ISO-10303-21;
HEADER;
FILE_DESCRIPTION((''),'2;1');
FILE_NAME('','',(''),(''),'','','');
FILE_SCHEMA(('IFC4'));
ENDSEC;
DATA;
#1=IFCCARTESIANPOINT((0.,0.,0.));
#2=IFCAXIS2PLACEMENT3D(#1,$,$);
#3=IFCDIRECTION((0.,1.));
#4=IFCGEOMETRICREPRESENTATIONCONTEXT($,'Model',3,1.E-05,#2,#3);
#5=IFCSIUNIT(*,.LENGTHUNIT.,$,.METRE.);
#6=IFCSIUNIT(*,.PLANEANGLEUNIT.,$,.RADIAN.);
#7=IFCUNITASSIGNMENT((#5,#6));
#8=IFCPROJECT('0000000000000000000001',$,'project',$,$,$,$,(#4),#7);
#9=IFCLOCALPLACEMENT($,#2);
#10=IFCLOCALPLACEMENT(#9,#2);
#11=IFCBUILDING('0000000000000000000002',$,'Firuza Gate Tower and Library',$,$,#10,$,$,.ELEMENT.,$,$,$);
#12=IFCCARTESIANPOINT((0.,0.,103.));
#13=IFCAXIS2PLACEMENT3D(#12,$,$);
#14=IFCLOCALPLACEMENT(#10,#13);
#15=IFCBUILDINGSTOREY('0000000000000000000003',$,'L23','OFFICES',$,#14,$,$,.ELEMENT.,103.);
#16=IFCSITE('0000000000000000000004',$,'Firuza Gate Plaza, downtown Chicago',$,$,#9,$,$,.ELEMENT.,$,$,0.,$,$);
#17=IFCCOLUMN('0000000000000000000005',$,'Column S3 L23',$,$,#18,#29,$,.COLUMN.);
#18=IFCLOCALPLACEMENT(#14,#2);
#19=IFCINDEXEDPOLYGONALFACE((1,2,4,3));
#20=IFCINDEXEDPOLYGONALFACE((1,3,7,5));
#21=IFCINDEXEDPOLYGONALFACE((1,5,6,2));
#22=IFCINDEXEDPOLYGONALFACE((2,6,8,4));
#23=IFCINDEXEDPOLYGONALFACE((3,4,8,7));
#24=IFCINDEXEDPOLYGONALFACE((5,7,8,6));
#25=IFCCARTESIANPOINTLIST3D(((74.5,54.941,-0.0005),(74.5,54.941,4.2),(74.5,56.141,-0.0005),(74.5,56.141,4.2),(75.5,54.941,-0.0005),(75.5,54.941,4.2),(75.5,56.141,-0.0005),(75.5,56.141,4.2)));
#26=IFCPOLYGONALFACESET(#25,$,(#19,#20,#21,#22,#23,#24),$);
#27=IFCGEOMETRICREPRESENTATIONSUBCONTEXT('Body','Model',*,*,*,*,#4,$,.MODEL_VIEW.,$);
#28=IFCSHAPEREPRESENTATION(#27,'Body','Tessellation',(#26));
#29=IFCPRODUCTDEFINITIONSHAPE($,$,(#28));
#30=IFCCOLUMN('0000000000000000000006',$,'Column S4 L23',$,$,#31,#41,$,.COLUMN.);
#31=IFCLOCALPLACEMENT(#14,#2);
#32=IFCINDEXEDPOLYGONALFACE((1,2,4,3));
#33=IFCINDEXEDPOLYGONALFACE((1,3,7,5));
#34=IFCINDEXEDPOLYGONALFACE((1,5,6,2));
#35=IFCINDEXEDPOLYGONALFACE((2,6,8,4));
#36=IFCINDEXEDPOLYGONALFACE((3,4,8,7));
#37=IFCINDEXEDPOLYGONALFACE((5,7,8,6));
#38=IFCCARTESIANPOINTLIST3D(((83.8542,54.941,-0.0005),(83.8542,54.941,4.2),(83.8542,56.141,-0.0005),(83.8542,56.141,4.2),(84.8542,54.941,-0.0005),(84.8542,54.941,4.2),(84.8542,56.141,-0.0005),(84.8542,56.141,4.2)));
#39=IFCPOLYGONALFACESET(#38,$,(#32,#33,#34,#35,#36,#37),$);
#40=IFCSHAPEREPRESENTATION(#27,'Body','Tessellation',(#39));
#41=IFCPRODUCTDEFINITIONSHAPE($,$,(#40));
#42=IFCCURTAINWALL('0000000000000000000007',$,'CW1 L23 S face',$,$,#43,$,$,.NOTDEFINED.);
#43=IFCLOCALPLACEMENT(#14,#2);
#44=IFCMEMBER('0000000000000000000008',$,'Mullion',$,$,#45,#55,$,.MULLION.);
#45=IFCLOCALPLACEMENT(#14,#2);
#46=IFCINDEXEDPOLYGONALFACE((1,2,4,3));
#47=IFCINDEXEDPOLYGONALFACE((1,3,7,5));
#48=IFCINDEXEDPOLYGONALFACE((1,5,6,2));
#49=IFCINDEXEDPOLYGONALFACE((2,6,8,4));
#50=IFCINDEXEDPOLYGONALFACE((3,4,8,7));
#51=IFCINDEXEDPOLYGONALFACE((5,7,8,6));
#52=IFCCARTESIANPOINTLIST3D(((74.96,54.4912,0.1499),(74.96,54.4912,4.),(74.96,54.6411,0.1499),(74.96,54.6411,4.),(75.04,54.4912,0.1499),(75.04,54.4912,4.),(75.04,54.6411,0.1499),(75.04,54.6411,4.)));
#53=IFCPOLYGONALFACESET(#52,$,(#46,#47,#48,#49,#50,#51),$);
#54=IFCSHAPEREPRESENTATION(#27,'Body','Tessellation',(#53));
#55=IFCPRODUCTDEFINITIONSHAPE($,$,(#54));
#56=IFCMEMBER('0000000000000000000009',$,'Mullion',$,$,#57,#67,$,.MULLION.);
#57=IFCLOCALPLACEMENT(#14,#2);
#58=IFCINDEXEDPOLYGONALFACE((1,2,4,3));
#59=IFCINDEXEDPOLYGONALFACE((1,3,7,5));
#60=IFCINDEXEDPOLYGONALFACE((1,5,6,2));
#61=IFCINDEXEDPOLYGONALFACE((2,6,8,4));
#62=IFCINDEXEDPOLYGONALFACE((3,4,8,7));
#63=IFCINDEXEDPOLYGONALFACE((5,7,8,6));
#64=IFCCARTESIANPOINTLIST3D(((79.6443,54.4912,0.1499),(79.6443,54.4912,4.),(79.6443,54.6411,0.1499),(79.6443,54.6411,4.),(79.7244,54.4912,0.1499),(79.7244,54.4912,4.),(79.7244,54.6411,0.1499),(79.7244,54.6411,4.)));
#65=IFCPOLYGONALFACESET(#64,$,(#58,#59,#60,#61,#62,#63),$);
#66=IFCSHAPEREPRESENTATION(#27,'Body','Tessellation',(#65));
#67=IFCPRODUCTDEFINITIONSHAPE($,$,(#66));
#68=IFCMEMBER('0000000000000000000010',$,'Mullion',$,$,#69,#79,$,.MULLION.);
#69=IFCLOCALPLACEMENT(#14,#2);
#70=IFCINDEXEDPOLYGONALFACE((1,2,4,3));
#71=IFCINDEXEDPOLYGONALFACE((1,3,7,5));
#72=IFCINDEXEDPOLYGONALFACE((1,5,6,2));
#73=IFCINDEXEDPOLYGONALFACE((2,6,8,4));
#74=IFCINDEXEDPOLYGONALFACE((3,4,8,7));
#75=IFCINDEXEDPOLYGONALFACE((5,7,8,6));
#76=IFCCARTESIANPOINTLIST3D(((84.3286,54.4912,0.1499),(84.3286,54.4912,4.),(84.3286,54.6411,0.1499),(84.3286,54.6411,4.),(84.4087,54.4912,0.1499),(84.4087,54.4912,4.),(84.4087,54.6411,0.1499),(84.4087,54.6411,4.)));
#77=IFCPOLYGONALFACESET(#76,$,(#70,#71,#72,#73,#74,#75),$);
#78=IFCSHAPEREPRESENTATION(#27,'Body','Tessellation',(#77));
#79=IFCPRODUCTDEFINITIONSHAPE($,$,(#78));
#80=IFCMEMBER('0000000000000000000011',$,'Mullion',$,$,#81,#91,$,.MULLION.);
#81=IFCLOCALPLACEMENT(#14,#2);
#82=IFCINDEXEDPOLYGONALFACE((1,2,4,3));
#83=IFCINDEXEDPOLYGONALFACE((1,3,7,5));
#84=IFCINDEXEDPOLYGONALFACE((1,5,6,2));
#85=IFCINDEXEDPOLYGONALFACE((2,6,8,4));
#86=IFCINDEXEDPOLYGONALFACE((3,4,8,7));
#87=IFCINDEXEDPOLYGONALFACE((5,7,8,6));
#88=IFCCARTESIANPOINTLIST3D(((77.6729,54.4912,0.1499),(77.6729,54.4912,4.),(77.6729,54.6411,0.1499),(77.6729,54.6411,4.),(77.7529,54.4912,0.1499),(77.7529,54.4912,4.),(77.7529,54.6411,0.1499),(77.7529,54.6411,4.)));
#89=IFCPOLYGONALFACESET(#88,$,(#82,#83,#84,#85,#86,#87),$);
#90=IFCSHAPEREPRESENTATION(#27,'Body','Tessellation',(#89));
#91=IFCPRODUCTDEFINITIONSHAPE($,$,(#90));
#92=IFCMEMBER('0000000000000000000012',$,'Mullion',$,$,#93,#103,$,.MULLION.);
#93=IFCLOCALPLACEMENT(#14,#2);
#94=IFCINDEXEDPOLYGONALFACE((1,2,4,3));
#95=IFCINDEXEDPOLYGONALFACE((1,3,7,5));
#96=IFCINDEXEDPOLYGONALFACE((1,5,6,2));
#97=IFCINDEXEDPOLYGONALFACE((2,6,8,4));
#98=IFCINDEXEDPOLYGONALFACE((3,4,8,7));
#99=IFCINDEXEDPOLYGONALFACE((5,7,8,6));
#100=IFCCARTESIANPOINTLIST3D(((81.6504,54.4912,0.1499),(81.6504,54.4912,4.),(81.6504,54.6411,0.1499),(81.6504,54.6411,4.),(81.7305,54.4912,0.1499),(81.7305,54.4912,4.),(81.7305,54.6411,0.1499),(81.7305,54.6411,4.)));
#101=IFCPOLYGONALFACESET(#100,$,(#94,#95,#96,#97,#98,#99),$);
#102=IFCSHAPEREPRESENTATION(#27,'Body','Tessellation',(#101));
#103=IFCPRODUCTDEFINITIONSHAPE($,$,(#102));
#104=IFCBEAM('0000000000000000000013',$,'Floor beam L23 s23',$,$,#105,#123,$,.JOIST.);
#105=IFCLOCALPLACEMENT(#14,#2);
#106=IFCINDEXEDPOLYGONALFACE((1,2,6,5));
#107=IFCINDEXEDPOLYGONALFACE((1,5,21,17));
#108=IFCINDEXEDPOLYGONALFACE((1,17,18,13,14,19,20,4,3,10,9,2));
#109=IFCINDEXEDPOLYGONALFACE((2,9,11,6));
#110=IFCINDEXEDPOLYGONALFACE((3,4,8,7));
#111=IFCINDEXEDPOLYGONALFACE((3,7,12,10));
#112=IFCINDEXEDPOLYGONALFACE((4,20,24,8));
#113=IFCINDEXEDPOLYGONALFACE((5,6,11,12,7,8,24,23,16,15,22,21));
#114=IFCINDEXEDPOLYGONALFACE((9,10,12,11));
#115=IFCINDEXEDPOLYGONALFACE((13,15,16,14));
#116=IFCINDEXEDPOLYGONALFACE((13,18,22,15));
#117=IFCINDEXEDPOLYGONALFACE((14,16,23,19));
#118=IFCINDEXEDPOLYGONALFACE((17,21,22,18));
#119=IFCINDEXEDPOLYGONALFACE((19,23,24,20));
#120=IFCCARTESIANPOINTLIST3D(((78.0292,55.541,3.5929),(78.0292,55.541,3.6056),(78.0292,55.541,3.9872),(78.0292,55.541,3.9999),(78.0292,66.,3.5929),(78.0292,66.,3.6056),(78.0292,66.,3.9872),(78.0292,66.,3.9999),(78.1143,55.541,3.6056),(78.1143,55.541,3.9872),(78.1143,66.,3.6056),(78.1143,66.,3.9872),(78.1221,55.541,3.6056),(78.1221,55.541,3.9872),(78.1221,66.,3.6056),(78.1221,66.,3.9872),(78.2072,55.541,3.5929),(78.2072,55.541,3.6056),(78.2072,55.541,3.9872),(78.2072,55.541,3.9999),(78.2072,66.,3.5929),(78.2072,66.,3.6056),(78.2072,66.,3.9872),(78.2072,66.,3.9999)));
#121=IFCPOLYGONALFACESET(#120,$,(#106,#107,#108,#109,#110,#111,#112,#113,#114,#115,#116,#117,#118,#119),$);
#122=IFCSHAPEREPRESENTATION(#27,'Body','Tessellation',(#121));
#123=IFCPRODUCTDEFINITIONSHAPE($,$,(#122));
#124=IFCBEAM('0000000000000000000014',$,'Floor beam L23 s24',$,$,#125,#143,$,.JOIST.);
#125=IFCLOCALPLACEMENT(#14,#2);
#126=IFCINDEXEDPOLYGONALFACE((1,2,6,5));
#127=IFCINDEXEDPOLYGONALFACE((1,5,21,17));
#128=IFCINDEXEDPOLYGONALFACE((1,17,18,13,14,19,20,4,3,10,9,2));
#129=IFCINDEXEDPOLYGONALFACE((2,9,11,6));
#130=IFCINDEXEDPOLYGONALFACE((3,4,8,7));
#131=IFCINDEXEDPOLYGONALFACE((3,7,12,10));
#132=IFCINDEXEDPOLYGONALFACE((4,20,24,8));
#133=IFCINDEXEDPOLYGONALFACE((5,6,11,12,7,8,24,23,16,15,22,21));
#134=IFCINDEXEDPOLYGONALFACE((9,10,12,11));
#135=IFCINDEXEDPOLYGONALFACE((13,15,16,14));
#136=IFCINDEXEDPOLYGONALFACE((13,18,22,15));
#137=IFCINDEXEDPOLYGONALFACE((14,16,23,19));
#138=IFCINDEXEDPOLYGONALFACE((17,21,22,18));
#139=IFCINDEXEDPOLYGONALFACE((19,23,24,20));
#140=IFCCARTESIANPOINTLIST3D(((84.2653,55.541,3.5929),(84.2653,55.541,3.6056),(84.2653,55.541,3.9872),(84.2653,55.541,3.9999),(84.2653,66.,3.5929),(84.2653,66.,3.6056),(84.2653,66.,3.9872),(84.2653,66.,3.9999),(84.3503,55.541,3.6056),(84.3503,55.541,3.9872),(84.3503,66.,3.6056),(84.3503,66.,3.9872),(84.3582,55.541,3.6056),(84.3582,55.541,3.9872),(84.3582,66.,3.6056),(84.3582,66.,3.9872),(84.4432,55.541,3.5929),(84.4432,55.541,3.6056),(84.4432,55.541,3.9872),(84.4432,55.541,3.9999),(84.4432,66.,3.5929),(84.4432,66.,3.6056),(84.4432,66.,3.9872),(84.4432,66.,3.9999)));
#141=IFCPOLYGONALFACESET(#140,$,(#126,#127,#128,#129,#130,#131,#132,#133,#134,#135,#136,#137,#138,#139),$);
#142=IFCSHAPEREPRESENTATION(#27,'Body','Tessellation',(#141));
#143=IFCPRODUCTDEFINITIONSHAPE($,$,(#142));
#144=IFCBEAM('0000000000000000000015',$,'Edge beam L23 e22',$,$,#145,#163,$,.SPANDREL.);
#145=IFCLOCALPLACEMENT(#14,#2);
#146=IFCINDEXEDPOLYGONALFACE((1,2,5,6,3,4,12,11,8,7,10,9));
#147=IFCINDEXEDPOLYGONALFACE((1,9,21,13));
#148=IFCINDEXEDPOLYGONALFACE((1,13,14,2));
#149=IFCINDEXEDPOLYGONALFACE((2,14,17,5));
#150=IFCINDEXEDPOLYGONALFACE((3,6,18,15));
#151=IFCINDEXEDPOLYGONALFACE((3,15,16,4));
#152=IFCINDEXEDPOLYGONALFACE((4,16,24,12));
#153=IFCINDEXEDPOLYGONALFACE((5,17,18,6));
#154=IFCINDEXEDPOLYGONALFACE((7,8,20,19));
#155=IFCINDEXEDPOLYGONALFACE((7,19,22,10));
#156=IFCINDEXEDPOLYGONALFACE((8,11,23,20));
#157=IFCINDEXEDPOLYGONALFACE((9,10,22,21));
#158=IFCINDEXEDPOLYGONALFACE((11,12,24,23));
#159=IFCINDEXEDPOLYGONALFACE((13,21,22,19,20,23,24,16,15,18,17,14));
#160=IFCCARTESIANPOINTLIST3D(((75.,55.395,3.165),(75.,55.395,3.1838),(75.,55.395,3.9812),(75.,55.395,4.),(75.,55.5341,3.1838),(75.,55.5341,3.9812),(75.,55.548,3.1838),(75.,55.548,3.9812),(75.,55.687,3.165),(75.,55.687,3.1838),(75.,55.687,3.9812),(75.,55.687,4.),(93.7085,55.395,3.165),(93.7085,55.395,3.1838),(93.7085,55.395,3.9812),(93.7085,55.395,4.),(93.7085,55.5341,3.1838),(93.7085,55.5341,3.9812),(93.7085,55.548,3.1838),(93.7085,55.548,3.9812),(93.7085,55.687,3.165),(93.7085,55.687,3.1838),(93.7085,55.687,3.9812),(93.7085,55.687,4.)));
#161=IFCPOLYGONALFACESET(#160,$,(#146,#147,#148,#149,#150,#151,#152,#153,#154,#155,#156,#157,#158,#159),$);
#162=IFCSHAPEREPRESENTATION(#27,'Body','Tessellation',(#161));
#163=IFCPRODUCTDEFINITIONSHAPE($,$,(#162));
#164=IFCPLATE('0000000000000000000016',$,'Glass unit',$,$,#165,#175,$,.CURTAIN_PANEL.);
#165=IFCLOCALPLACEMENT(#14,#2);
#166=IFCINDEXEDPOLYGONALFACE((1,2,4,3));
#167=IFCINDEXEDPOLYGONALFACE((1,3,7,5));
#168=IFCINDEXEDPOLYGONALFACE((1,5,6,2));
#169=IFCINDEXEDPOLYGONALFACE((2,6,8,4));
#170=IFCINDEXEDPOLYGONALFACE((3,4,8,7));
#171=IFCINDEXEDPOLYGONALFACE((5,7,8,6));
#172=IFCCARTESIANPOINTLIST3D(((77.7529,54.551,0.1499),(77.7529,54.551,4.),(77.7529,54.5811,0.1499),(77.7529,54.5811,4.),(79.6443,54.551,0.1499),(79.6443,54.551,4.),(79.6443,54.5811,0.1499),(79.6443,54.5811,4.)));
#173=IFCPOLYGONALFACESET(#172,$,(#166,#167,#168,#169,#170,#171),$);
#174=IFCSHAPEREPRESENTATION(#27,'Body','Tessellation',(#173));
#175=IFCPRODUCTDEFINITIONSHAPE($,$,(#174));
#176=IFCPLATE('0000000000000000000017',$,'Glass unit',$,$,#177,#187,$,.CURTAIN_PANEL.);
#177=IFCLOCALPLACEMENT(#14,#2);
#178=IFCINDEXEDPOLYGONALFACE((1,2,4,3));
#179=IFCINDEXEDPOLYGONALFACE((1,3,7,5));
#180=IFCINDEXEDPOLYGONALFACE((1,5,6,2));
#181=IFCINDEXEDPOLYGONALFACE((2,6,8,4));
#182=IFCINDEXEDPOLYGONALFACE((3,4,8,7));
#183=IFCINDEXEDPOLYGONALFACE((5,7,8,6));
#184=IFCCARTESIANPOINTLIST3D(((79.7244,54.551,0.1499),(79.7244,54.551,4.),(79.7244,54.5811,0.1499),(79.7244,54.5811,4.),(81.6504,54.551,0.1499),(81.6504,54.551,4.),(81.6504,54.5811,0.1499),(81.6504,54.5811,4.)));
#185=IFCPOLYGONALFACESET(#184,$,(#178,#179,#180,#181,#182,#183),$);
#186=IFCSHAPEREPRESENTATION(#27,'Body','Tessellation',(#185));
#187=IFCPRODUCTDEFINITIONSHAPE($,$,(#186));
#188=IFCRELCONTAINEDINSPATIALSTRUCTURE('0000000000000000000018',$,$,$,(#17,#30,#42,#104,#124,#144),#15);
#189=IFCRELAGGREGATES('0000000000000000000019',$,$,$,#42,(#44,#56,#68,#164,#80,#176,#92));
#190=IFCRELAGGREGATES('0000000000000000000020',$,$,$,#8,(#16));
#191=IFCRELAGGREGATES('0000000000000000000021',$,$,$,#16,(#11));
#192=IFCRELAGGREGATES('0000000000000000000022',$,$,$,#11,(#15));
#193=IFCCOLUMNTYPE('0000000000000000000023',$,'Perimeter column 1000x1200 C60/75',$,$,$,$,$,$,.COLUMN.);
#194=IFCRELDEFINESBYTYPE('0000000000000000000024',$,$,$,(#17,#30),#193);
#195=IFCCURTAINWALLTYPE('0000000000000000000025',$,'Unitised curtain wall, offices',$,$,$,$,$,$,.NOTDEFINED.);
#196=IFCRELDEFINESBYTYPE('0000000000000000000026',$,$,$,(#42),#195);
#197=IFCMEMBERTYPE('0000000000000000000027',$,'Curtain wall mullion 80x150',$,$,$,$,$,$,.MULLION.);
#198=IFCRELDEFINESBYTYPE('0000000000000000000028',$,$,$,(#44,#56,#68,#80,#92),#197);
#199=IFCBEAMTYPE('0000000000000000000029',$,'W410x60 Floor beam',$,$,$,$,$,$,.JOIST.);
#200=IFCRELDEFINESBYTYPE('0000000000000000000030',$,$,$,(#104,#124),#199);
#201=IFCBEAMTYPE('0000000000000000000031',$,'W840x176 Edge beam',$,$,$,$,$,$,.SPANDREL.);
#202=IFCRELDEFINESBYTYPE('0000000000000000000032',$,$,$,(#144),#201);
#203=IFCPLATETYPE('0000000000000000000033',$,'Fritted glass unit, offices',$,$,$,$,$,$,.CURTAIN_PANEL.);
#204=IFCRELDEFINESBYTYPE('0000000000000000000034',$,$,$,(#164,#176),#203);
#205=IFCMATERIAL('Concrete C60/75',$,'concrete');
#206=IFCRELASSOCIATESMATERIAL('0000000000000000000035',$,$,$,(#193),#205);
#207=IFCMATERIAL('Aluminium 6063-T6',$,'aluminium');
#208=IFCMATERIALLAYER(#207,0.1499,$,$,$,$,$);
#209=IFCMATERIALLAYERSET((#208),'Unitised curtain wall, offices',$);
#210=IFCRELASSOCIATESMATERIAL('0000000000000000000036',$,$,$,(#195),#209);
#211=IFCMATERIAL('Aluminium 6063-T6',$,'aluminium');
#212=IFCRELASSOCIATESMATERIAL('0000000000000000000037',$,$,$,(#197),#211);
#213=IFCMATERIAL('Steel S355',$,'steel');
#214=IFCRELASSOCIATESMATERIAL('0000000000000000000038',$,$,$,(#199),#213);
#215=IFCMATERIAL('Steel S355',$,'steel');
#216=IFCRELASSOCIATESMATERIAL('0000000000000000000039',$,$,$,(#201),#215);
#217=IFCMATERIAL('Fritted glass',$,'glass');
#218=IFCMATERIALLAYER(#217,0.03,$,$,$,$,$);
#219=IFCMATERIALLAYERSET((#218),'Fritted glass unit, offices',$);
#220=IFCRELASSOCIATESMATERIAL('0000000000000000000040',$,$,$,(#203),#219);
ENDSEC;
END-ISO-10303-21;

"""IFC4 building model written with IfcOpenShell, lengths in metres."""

from ifc_helpers import new_model, si_unit, direction, frame, origin, origin_2d, place, context, subcontext, project, spatial, polyline, rectangle, i_section, outline, extrude, material, layer, layer_set, material_profile, profile_set, type_object, element, aggregate, save


model = new_model("IFC4")

# Units and contexts
model_context = context("Model", 3, precision=1e-05, world=origin(), true_north=direction((0.0, 1.0)))
body_context = subcontext(model_context, "Body", "Model", "MODEL_VIEW")
ifc_project = project(units=[si_unit("LENGTHUNIT", "METRE"), si_unit("PLANEANGLEUNIT", "RADIAN")], contexts=[model_context])

# Site, building, storey
site_placement = place(None, origin())
site = spatial("IfcSite", under=ifc_project, at=site_placement, Name="Firuza Gate Plaza, downtown Chicago", CompositionType="ELEMENT", RefElevation=0.0)
building_placement = place(site_placement, origin())
building = spatial("IfcBuilding", under=site, at=building_placement, Name="Firuza Gate Tower and Library", CompositionType="ELEMENT")
storey_placement = place(building_placement, frame((0.0, 0.0, 103.0)))
storey = spatial("IfcBuildingStorey", under=building, at=storey_placement, Name="L23", Description="OFFICES", CompositionType="ELEMENT", Elevation=103.0)

# Columns
ifc_material_1 = material(Name="Concrete C60/75", Category="concrete")
ifc_material_profile_1 = material_profile(ifc_material_1, rectangle(XDim=1.0, YDim=1.2, at=origin_2d()))
ifc_profile_set_1 = profile_set([ifc_material_profile_1], Name="Concrete C60/75")
column_type = type_object("IfcColumnType", Name="Perimeter column 1000x1200 C60/75", PredefinedType="COLUMN", material=ifc_profile_set_1)
for number, where, z_axis, x_axis, name in (
    (1, (75.0, 55.541, -0.0005), (0.0, 0.0, 1.0), (1.0, 0.0, 0.0), "Column S3 L23"),
    (2, (84.3542, 55.541, -0.0005), (0.0, 0.0, 1.0), (1.0, 0.0, 0.0), "Column S4 L23"),
):
    element("IfcColumn", number, at=place(storey_placement, frame(where, z_axis=z_axis, x_axis=x_axis)), inside=storey, type_object=column_type, Name=name, PredefinedType="COLUMN", context=body_context, shape_type="SweptSolid", body=[
        extrude(rectangle(XDim=1.0, YDim=1.2, at=origin_2d()), origin(), (0.0, 0.0, 1.0), 4.2004),
    ])

# Curtain wall, members
ifc_material_2 = material(Name="Aluminium 6063-T6", Category="aluminium")
ifc_layer_1 = layer(ifc_material_2, 0.1499)
ifc_layer_set_1 = layer_set([ifc_layer_1], Name="Unitised curtain wall, offices")
curtain_wall_type = type_object("IfcCurtainWallType", Name="Unitised curtain wall, offices", PredefinedType="NOTDEFINED", material=ifc_layer_set_1)
curtain_wall_placement = place(storey_placement, origin())
curtain_wall = element("IfcCurtainWall", 3, at=curtain_wall_placement, inside=storey, type_object=curtain_wall_type, Name="CW1 L23 S face", PredefinedType="NOTDEFINED")
ifc_material_3 = material(Name="Aluminium 6063-T6", Category="aluminium")
ifc_material_profile_2 = material_profile(ifc_material_3, rectangle(XDim=0.1499, YDim=0.0801, at=origin_2d()))
ifc_profile_set_2 = profile_set([ifc_material_profile_2], Name="Aluminium 6063-T6")
member_type = type_object("IfcMemberType", Name="Curtain wall mullion 80x150", PredefinedType="MULLION", material=ifc_profile_set_2)
member_1_placement = place(storey_placement, frame((75.0, 54.5662, 0.1499), z_axis=(0.0, 0.0, 1.0), x_axis=(0.0, 1.0, 0.0)))
member_1 = element("IfcMember", 4, at=member_1_placement, type_object=member_type, Name="Mullion", PredefinedType="MULLION", context=body_context, shape_type="SweptSolid", body=[
    extrude(rectangle(XDim=0.1499, YDim=0.0801, at=origin_2d()), origin(), (0.0, 0.0, 1.0), 3.8501),
])
member_2_placement = place(storey_placement, frame((79.6843, 54.5662, 0.1499), z_axis=(0.0, 0.0, 1.0), x_axis=(0.0, 1.0, 0.0)))
member_2 = element("IfcMember", 5, at=member_2_placement, type_object=member_type, Name="Mullion", PredefinedType="MULLION", context=body_context, shape_type="SweptSolid", body=[
    extrude(rectangle(XDim=0.1499, YDim=0.0801, at=origin_2d()), origin(), (0.0, 0.0, 1.0), 3.8501),
])
member_3_placement = place(storey_placement, frame((84.3687, 54.5662, 0.1499), z_axis=(0.0, 0.0, 1.0), x_axis=(0.0, 1.0, 0.0)))
member_3 = element("IfcMember", 6, at=member_3_placement, type_object=member_type, Name="Mullion", PredefinedType="MULLION", context=body_context, shape_type="SweptSolid", body=[
    extrude(rectangle(XDim=0.1499, YDim=0.0801, at=origin_2d()), origin(), (0.0, 0.0, 1.0), 3.8501),
])
member_4_placement = place(storey_placement, frame((77.7129, 54.5662, 0.1499), z_axis=(0.0, 0.0, 1.0), x_axis=(0.0, 1.0, 0.0)))
member_4 = element("IfcMember", 7, at=member_4_placement, type_object=member_type, Name="Mullion", PredefinedType="MULLION", context=body_context, shape_type="SweptSolid", body=[
    extrude(rectangle(XDim=0.1499, YDim=0.0801, at=origin_2d()), origin(), (0.0, 0.0, 1.0), 3.8501),
])
member_5_placement = place(storey_placement, frame((81.6904, 54.5662, 0.1499), z_axis=(0.0, 0.0, 1.0), x_axis=(0.0, 1.0, 0.0)))
member_5 = element("IfcMember", 8, at=member_5_placement, type_object=member_type, Name="Mullion", PredefinedType="MULLION", context=body_context, shape_type="SweptSolid", body=[
    extrude(rectangle(XDim=0.1499, YDim=0.0801, at=origin_2d()), origin(), (0.0, 0.0, 1.0), 3.8501),
])

# Beams
ifc_material_4 = material(Name="Steel S355", Category="steel")
ifc_material_profile_3 = material_profile(ifc_material_4, i_section(OverallWidth=0.178, OverallDepth=0.407, WebThickness=0.0078, FlangeThickness=0.0127, at=origin_2d()))
ifc_profile_set_3 = profile_set([ifc_material_profile_3], Name="Steel S355")
beam_type_1 = type_object("IfcBeamType", Name="W410x60 Floor beam", PredefinedType="JOIST", material=ifc_profile_set_3)
for number, where, z_axis, x_axis, name in (
    (9, (78.1182, 55.541, 3.7964), (0.0, 1.0, 0.0), (-1.0, 0.0, 0.0), "Floor beam L23 s23"),
    (10, (84.3542, 55.541, 3.7964), (0.0, 1.0, 0.0), (-1.0, 0.0, 0.0), "Floor beam L23 s24"),
):
    element("IfcBeam", number, at=place(storey_placement, frame(where, z_axis=z_axis, x_axis=x_axis)), inside=storey, type_object=beam_type_1, Name=name, PredefinedType="JOIST", context=body_context, shape_type="SweptSolid", body=[
        extrude(i_section(OverallWidth=0.178, OverallDepth=0.407, WebThickness=0.0078, FlangeThickness=0.0127, at=origin_2d()), origin(), (0.0, 0.0, 1.0), 10.459),
    ])
ifc_material_5 = material(Name="Steel S355", Category="steel")
ifc_material_profile_4 = material_profile(ifc_material_5, i_section(OverallWidth=0.292, OverallDepth=0.835, WebThickness=0.0139, FlangeThickness=0.0188, at=origin_2d()))
ifc_profile_set_4 = profile_set([ifc_material_profile_4], Name="Steel S355")
beam_type_2 = type_object("IfcBeamType", Name="W840x176 Edge beam", PredefinedType="SPANDREL", material=ifc_profile_set_4)
beam_placement = place(storey_placement, frame((75.0, 55.541, 3.5825), z_axis=(1.0, 0.0, 0.0), x_axis=(0.0, 1.0, 0.0)))
element("IfcBeam", 11, at=beam_placement, inside=storey, type_object=beam_type_2, Name="Edge beam L23 e22", PredefinedType="SPANDREL", context=body_context, shape_type="SweptSolid", body=[
    extrude(i_section(OverallWidth=0.292, OverallDepth=0.835, WebThickness=0.0139, FlangeThickness=0.0188, at=origin_2d()), origin(), (0.0, 0.0, 1.0), 18.7085),
])

# Plates
ifc_material_6 = material(Name="Fritted glass", Category="glass")
ifc_layer_2 = layer(ifc_material_6, 0.03)
ifc_layer_set_2 = layer_set([ifc_layer_2], Name="Fritted glass unit, offices")
plate_type_1 = type_object("IfcPlateType", Name="Fritted glass unit, offices", PredefinedType="CURTAIN_PANEL", material=ifc_layer_set_2)
plate_1_placement = place(storey_placement, frame((77.7529, 54.551, 0.1499), z_axis=(0.0, -1.0, 0.0), x_axis=(1.0, 0.0, 0.0)))
plate_1 = element("IfcPlate", 12, at=plate_1_placement, type_object=plate_type_1, Name="Glass unit", PredefinedType="CURTAIN_PANEL", context=body_context, shape_type="SweptSolid", body=[
    extrude(outline(polyline([(0.0, 0.0), (1.8914, 0.0), (1.8914, 3.8501), (0.0, 3.8501), (0.0, 0.0)])), origin(), (0.0, 0.0, -1.0), 0.03),
])
plate_2_placement = place(storey_placement, frame((79.7244, 54.551, 0.1499), z_axis=(0.0, -1.0, 0.0), x_axis=(1.0, 0.0, 0.0)))
plate_2 = element("IfcPlate", 13, at=plate_2_placement, type_object=plate_type_1, Name="Glass unit", PredefinedType="CURTAIN_PANEL", context=body_context, shape_type="SweptSolid", body=[
    extrude(outline(polyline([(0.0, 0.0), (1.926, 0.0), (1.926, 3.8501), (0.0, 3.8501), (0.0, 0.0)])), origin(), (0.0, 0.0, -1.0), 0.03),
])
aggregate(curtain_wall, [member_1, member_2, member_3, plate_1, member_4, plate_2, member_5])

save(model, "model.ifc")
